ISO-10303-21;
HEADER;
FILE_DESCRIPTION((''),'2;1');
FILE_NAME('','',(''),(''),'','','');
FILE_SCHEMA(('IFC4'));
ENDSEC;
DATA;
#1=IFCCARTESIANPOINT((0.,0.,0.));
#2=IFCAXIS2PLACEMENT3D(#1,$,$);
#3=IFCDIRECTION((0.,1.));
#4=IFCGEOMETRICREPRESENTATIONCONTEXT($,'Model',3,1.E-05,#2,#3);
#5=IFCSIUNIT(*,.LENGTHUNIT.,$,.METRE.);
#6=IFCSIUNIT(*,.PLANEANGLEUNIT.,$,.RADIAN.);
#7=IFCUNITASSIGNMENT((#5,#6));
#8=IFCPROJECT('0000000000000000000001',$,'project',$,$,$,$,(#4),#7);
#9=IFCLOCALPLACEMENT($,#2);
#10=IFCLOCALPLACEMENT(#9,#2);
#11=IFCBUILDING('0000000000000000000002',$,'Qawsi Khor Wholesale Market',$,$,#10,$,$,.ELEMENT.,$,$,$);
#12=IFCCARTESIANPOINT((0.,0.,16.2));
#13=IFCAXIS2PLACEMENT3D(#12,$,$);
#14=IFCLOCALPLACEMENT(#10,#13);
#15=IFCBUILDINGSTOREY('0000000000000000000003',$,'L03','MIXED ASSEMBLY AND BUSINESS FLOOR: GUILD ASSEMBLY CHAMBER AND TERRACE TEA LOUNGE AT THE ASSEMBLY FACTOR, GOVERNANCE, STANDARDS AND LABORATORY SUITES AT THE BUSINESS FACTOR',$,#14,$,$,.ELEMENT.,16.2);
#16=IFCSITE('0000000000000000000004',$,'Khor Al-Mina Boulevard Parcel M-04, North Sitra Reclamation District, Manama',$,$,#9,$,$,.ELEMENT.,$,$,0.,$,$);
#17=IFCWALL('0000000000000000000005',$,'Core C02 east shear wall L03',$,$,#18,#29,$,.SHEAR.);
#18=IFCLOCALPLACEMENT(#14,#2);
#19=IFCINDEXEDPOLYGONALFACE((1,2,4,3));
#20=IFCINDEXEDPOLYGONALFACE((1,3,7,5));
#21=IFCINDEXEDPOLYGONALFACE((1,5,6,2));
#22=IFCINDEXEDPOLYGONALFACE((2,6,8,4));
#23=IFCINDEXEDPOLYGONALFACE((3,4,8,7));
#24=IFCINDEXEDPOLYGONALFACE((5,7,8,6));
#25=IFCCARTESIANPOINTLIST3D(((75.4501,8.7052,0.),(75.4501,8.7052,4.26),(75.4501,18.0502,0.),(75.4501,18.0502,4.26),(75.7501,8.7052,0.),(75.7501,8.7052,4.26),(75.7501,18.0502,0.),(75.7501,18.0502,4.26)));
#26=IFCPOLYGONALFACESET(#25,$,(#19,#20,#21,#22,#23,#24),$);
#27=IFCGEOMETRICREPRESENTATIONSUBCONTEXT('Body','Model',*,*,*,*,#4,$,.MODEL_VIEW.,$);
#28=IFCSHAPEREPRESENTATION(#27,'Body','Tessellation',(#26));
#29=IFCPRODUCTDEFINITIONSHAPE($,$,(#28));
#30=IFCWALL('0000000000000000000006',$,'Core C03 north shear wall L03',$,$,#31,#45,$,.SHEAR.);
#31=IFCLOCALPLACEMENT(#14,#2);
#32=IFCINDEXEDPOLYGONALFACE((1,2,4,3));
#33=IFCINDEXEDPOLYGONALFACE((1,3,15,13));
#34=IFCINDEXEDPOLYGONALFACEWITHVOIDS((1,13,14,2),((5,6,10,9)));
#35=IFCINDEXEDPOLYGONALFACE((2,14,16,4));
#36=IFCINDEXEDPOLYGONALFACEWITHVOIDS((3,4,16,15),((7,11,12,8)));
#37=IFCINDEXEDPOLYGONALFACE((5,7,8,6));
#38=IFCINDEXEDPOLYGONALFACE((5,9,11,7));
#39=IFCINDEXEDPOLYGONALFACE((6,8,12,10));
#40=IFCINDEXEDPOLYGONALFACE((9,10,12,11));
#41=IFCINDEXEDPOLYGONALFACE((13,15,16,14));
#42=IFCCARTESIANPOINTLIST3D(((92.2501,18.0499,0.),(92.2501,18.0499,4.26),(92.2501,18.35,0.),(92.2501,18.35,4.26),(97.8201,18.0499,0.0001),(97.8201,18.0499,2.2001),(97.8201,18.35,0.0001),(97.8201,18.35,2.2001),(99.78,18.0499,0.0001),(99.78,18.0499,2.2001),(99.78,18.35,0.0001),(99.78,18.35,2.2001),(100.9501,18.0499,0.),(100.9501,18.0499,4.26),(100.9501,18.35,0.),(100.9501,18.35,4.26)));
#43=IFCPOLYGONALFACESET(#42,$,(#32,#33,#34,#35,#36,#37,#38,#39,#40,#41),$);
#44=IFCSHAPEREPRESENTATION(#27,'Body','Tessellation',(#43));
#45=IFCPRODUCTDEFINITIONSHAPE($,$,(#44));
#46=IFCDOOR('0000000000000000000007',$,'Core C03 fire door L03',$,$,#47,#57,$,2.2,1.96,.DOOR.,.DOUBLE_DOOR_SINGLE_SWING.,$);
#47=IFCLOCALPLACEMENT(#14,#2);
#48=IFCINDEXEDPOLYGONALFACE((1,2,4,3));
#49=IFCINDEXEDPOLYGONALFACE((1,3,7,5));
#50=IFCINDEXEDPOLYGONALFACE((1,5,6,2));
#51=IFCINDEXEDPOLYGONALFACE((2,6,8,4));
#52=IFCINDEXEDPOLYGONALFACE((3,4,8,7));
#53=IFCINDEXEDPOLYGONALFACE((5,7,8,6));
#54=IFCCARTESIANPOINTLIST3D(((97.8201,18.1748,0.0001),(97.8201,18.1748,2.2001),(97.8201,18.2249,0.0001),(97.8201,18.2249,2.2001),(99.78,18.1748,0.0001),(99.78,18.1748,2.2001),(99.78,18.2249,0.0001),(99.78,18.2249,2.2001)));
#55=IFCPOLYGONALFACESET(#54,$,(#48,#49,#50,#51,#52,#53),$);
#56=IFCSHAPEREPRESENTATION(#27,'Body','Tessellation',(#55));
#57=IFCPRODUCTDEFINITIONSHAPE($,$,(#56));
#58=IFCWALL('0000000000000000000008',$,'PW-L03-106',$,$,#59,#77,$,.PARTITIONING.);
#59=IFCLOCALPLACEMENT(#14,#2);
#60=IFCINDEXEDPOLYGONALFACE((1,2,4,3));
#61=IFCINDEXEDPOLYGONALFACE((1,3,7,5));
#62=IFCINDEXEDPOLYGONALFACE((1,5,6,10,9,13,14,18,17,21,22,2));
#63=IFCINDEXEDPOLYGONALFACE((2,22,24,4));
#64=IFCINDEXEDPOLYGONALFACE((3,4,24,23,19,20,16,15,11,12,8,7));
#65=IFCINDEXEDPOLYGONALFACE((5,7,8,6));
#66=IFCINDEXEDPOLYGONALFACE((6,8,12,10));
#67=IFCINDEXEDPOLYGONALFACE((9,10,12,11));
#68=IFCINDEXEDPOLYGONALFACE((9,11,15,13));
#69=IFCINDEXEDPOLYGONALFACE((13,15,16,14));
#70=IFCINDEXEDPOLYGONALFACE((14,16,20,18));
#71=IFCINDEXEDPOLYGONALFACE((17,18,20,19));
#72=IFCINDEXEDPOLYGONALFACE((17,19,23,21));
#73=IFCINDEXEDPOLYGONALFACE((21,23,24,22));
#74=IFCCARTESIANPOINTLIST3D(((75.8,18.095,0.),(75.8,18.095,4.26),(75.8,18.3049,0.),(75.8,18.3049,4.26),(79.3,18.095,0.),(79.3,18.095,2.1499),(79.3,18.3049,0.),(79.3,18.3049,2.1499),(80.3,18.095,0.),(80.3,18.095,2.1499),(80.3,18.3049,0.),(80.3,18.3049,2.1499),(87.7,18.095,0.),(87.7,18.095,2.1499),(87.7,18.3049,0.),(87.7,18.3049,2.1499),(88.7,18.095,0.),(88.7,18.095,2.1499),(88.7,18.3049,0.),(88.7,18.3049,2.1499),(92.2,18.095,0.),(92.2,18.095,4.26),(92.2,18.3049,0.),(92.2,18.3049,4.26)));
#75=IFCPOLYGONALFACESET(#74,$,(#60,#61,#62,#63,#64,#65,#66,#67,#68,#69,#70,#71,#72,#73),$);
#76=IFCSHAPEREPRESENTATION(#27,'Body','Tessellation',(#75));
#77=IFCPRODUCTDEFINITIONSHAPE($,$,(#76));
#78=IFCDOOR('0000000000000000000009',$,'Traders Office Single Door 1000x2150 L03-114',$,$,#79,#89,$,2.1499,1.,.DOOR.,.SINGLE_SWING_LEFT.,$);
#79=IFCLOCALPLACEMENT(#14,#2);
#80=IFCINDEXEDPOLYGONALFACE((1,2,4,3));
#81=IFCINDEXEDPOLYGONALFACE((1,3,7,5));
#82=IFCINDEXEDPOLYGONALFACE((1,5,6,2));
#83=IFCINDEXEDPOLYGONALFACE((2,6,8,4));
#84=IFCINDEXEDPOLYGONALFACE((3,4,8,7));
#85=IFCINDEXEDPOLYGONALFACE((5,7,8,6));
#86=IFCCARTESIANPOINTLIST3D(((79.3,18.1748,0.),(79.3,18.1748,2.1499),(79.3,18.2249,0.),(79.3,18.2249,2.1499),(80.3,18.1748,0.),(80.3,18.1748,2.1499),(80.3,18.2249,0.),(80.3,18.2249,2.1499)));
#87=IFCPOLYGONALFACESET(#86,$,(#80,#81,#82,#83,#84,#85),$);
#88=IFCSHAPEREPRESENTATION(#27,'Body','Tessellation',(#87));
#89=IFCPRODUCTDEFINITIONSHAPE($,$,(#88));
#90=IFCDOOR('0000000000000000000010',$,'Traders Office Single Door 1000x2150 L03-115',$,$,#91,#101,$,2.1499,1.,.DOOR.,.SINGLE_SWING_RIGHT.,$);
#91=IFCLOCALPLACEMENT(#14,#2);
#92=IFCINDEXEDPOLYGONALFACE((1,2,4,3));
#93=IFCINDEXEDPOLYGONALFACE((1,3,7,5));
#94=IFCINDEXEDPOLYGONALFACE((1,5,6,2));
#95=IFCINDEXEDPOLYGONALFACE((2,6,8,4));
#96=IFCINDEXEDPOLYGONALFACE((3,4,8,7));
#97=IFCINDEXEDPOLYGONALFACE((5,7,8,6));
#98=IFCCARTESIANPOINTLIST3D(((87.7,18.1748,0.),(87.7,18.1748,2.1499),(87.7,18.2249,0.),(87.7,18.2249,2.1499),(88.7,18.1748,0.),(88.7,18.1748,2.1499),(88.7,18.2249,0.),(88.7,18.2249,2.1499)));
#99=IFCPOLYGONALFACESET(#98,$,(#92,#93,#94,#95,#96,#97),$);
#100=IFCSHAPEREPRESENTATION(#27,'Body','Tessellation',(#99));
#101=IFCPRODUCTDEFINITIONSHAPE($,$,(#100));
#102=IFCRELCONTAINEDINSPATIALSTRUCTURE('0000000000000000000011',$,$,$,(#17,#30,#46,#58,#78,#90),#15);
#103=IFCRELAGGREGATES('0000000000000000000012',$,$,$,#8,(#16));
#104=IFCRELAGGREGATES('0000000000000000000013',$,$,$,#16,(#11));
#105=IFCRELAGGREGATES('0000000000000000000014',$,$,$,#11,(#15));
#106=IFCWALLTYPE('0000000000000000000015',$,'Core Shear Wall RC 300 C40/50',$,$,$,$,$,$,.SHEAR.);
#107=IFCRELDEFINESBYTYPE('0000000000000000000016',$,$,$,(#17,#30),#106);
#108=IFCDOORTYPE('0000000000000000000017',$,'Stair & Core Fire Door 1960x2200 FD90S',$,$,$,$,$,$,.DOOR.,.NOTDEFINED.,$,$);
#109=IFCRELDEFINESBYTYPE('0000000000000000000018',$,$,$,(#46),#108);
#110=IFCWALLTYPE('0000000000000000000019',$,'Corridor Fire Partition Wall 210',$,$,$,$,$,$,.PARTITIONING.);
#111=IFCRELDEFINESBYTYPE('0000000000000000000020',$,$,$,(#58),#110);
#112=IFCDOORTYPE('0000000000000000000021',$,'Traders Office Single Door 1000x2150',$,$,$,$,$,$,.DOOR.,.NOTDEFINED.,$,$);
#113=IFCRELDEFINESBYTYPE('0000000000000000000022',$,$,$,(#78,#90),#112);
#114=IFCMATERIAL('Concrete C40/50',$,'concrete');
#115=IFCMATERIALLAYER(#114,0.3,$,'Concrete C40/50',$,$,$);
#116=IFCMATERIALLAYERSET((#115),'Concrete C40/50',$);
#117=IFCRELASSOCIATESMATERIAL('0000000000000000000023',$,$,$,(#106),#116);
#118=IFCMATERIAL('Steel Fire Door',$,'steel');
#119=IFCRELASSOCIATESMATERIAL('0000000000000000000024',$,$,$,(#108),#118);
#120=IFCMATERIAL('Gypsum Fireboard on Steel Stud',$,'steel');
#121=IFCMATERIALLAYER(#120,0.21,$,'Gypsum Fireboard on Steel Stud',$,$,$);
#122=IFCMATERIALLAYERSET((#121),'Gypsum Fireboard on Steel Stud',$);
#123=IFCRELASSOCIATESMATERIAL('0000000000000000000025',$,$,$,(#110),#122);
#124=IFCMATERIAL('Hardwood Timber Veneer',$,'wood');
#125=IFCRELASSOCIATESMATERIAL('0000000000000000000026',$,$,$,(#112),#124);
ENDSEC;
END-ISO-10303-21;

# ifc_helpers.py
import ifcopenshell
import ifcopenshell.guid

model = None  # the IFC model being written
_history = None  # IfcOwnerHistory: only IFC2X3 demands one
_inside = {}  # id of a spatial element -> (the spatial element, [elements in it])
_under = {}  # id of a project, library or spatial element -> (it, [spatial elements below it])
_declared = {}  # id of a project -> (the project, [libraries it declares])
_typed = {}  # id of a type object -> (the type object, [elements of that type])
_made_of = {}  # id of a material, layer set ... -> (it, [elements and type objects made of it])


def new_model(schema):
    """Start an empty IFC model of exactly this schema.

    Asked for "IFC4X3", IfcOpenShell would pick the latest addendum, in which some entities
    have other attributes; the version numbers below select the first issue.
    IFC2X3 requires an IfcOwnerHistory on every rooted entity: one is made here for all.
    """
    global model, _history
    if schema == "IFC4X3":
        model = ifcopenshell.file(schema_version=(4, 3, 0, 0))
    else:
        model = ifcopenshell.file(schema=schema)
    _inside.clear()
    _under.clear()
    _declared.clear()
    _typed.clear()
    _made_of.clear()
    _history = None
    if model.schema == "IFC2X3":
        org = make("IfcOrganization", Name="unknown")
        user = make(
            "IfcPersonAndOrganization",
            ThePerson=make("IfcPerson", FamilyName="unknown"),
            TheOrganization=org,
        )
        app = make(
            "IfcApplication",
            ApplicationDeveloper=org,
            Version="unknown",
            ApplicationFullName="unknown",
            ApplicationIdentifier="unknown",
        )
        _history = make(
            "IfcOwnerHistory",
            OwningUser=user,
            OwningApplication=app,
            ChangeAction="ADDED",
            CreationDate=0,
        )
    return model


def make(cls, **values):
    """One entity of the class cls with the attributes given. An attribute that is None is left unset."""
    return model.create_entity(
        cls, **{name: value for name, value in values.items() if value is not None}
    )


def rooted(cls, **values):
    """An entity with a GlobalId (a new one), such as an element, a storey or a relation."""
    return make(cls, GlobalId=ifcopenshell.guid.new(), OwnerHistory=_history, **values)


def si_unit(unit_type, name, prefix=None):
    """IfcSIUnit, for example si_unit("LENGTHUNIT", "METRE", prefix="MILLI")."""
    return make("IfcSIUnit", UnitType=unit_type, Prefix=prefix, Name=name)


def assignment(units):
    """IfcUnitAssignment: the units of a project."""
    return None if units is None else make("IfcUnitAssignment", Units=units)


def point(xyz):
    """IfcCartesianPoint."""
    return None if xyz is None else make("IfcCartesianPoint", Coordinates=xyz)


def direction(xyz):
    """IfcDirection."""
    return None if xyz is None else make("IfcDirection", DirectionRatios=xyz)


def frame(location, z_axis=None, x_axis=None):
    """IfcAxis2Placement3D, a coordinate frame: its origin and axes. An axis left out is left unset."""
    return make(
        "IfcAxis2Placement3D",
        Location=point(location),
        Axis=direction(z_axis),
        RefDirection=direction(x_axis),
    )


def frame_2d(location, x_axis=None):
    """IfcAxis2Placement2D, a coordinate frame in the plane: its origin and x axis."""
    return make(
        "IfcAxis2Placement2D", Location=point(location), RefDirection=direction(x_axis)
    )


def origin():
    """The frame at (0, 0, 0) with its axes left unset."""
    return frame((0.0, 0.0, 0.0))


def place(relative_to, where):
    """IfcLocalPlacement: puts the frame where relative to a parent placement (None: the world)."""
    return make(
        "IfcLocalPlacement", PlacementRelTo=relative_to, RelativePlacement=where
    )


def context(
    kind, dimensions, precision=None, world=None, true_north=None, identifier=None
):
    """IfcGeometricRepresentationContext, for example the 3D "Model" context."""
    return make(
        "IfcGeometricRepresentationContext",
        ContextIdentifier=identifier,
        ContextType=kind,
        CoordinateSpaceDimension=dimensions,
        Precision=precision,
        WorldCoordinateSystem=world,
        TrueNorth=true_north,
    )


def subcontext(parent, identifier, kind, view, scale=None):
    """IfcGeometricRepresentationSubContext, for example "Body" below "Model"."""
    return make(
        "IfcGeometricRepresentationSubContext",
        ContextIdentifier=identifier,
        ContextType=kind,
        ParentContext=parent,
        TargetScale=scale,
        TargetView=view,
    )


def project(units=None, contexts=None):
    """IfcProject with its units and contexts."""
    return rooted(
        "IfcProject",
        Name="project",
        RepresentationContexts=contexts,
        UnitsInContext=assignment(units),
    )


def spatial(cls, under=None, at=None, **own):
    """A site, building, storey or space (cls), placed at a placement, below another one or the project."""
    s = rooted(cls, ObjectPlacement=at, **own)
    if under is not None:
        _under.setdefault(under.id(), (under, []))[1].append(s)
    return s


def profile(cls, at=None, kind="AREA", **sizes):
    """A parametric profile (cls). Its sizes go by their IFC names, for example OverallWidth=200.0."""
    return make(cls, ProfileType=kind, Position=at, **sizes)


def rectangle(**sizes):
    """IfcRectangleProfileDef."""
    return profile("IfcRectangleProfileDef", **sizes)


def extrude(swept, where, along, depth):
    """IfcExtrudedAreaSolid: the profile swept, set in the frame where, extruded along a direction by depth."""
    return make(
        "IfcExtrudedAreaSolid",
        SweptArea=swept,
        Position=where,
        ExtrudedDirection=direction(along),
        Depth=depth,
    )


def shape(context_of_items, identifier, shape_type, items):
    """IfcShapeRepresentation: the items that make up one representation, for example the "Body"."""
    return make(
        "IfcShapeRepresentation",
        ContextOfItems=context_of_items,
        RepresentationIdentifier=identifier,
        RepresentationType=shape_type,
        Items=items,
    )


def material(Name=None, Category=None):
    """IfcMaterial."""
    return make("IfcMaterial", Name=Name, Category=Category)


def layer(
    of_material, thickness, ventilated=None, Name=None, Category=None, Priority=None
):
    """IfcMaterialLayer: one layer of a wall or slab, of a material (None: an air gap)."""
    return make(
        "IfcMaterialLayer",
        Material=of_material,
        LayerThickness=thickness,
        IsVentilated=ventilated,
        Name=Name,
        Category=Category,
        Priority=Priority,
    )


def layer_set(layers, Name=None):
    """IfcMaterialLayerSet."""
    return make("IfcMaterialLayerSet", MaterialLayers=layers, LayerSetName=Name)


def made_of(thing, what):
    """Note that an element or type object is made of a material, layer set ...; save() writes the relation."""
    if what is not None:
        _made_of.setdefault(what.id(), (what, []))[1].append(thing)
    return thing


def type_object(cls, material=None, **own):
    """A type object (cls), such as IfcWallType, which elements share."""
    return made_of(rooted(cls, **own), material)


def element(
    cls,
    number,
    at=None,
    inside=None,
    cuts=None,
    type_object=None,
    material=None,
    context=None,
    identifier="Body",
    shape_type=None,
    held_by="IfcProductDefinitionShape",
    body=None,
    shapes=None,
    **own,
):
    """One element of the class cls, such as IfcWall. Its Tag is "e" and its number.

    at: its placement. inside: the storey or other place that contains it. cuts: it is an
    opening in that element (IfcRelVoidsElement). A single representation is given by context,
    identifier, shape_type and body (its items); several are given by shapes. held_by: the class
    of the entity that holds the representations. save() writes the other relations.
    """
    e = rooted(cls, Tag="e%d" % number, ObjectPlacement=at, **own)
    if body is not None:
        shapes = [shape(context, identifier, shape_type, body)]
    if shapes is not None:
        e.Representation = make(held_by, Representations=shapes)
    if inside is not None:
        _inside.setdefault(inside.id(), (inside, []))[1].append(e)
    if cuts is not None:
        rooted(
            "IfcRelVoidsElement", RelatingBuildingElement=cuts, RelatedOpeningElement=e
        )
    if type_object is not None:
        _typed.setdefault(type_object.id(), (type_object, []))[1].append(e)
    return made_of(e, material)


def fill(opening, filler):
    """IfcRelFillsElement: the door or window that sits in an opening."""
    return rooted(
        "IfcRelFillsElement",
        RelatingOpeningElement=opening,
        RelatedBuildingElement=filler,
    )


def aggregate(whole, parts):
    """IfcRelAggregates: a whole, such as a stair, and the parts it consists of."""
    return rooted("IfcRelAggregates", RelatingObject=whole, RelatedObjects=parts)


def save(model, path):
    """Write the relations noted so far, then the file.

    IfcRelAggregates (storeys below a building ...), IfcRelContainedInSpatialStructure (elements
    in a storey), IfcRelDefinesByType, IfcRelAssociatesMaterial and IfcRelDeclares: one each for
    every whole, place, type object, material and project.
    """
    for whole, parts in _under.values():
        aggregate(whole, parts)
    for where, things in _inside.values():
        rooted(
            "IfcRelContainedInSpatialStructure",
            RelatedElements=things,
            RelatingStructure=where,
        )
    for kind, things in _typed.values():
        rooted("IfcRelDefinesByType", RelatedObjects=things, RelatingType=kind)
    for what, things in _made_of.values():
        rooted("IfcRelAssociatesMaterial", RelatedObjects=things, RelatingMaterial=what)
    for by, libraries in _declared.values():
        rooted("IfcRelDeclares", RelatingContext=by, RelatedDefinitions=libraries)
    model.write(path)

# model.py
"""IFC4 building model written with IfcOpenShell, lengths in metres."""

from ifc_helpers import new_model, si_unit, direction, frame, frame_2d, origin, place, context, subcontext, project, spatial, rectangle, extrude, material, layer, layer_set, type_object, element, fill, save


model = new_model("IFC4")

# Units and contexts
model_context = context("Model", 3, precision=1e-05, world=origin(), true_north=direction((0.0, 1.0)))
body_context = subcontext(model_context, "Body", "Model", "MODEL_VIEW")
ifc_project = project(units=[si_unit("LENGTHUNIT", "METRE"), si_unit("PLANEANGLEUNIT", "RADIAN")], contexts=[model_context])

# Site, building, storey
site_placement = place(None, origin())
site = spatial("IfcSite", under=ifc_project, at=site_placement, Name="Khor Al-Mina Boulevard Parcel M-04, North Sitra Reclamation District, Manama", CompositionType="ELEMENT", RefElevation=0.0)
building_placement = place(site_placement, origin())
building = spatial("IfcBuilding", under=site, at=building_placement, Name="Qawsi Khor Wholesale Market", CompositionType="ELEMENT")
storey_placement = place(building_placement, frame((0.0, 0.0, 16.2)))
storey = spatial("IfcBuildingStorey", under=building, at=storey_placement, Name="L03", Description="MIXED ASSEMBLY AND BUSINESS FLOOR: GUILD ASSEMBLY CHAMBER AND TERRACE TEA LOUNGE AT THE ASSEMBLY FACTOR, GOVERNANCE, STANDARDS AND LABORATORY SUITES AT THE BUSINESS FACTOR", CompositionType="ELEMENT", Elevation=16.2)

# Shared definitions
ifc_material_1 = material(Name="Concrete C40/50", Category="concrete")

# Wall
ifc_layer_1 = layer(ifc_material_1, 0.3, Name="Concrete C40/50")
ifc_layer_set_1 = layer_set([ifc_layer_1], Name="Concrete C40/50")
wall_type_1 = type_object("IfcWallType", Name="Core Shear Wall RC 300 C40/50", PredefinedType="SHEAR", material=ifc_layer_set_1)
wall_1_placement = place(storey_placement, frame((75.6001, 18.05, 0.0), z_axis=(0.0, 0.0, 1.0), x_axis=(0.0, -1.0, 0.0)))
element("IfcWall", 1, at=wall_1_placement, inside=storey, type_object=wall_type_1, Name="Core C02 east shear wall L03", PredefinedType="SHEAR", context=body_context, shape_type="SweptSolid", body=[
    extrude(rectangle(XDim=9.345, YDim=0.3, at=frame_2d((4.6724, 0.0))), origin(), (0.0, 0.0, 1.0), 4.26),
])

# Wall, opening, door
wall_2_placement = place(storey_placement, frame((92.25, 18.2, 0.0), z_axis=(0.0, 0.0, 1.0), x_axis=(1.0, 0.0, 0.0)))
wall_2 = element("IfcWall", 2, at=wall_2_placement, inside=storey, type_object=wall_type_1, Name="Core C03 north shear wall L03", PredefinedType="SHEAR", context=body_context, shape_type="SweptSolid", body=[
    extrude(rectangle(XDim=8.7, YDim=0.3, at=frame_2d((4.3501, 0.0))), origin(), (0.0, 0.0, 1.0), 4.26),
])
opening_1_placement = place(wall_2_placement, frame((5.5701, 0.0, 0.0)))
opening_1 = element("IfcOpeningElement", 3, at=opening_1_placement, cuts=wall_2, PredefinedType="OPENING", context=body_context, shape_type="SweptSolid", body=[
    extrude(rectangle(XDim=1.96, YDim=2.2, at=frame_2d((0.98, 1.1001))), frame((0.0, 0.1599, 0.0), z_axis=(0.0, -1.0, 0.0), x_axis=(1.0, 0.0, 0.0)), (0.0, 0.0, 1.0), 0.3201),
])
ifc_material_2 = material(Name="Steel Fire Door", Category="steel")
door_type_1 = type_object("IfcDoorType", Name="Stair & Core Fire Door 1960x2200 FD90S", OperationType="NOTDEFINED", PredefinedType="DOOR", material=ifc_material_2)
door_1_placement = place(opening_1_placement, origin())
door_1 = element("IfcDoor", 4, at=door_1_placement, inside=storey, type_object=door_type_1, Name="Core C03 fire door L03", OperationType="DOUBLE_DOOR_SINGLE_SWING", OverallHeight=2.2, OverallWidth=1.96, PredefinedType="DOOR", context=body_context, shape_type="SweptSolid", body=[
    extrude(rectangle(XDim=1.96, YDim=2.2, at=frame_2d((0.98, 1.1001))), frame((0.0, 0.0249, 0.0), z_axis=(0.0, -1.0, 0.0), x_axis=(1.0, 0.0, 0.0)), (0.0, 0.0, 1.0), 0.05),
])
fill(opening_1, door_1)

# Wall, openings, doors
ifc_material_3 = material(Name="Gypsum Fireboard on Steel Stud", Category="steel")
ifc_layer_2 = layer(ifc_material_3, 0.21, Name="Gypsum Fireboard on Steel Stud")
ifc_layer_set_2 = layer_set([ifc_layer_2], Name="Gypsum Fireboard on Steel Stud")
wall_type_2 = type_object("IfcWallType", Name="Corridor Fire Partition Wall 210", PredefinedType="PARTITIONING", material=ifc_layer_set_2)
wall_3_placement = place(storey_placement, frame((75.8, 18.2, 0.0), z_axis=(0.0, 0.0, 1.0), x_axis=(1.0, 0.0, 0.0)))
wall_3 = element("IfcWall", 5, at=wall_3_placement, inside=storey, type_object=wall_type_2, Name="PW-L03-106", PredefinedType="PARTITIONING", context=body_context, shape_type="SweptSolid", body=[
    extrude(rectangle(XDim=16.3999, YDim=0.21, at=frame_2d((8.2, 0.0))), origin(), (0.0, 0.0, 1.0), 4.26),
])
opening_2_placement = place(wall_3_placement, frame((3.5, 0.0, 0.0)))
opening_2 = element("IfcOpeningElement", 6, at=opening_2_placement, cuts=wall_3, PredefinedType="OPENING", context=body_context, shape_type="SweptSolid", body=[
    extrude(rectangle(XDim=1.0, YDim=2.1499, at=frame_2d((0.5, 1.075))), frame((0.0, 0.115, 0.0), z_axis=(0.0, -1.0, 0.0), x_axis=(1.0, 0.0, 0.0)), (0.0, 0.0, 1.0), 0.23),
])
opening_3_placement = place(wall_3_placement, frame((11.8999, 0.0, 0.0)))
opening_3 = element("IfcOpeningElement", 7, at=opening_3_placement, cuts=wall_3, PredefinedType="OPENING", context=body_context, shape_type="SweptSolid", body=[
    extrude(rectangle(XDim=1.0, YDim=2.1499, at=frame_2d((0.5, 1.075))), frame((0.0, 0.115, 0.0), z_axis=(0.0, -1.0, 0.0), x_axis=(1.0, 0.0, 0.0)), (0.0, 0.0, 1.0), 0.23),
])
ifc_material_4 = material(Name="Hardwood Timber Veneer", Category="wood")
door_type_2 = type_object("IfcDoorType", Name="Traders Office Single Door 1000x2150", OperationType="NOTDEFINED", PredefinedType="DOOR", material=ifc_material_4)
door_2_placement = place(opening_2_placement, origin())
door_2 = element("IfcDoor", 8, at=door_2_placement, inside=storey, type_object=door_type_2, Name="Traders Office Single Door 1000x2150 L03-114", OperationType="SINGLE_SWING_LEFT", OverallHeight=2.1499, OverallWidth=1.0, PredefinedType="DOOR", context=body_context, shape_type="SweptSolid", body=[
    extrude(rectangle(XDim=1.0, YDim=2.1499, at=frame_2d((0.5, 1.075))), frame((0.0, 0.0249, 0.0), z_axis=(0.0, -1.0, 0.0), x_axis=(1.0, 0.0, 0.0)), (0.0, 0.0, 1.0), 0.05),
])
fill(opening_2, door_2)
door_3_placement = place(opening_3_placement, origin())
door_3 = element("IfcDoor", 9, at=door_3_placement, inside=storey, type_object=door_type_2, Name="Traders Office Single Door 1000x2150 L03-115", OperationType="SINGLE_SWING_RIGHT", OverallHeight=2.1499, OverallWidth=1.0, PredefinedType="DOOR", context=body_context, shape_type="SweptSolid", body=[
    extrude(rectangle(XDim=1.0, YDim=2.1499, at=frame_2d((0.5, 1.075))), frame((0.0, 0.0249, 0.0), z_axis=(0.0, -1.0, 0.0), x_axis=(1.0, 0.0, 0.0)), (0.0, 0.0, 1.0), 0.05),
])
fill(opening_3, door_3)

save(model, "model.ifc")
